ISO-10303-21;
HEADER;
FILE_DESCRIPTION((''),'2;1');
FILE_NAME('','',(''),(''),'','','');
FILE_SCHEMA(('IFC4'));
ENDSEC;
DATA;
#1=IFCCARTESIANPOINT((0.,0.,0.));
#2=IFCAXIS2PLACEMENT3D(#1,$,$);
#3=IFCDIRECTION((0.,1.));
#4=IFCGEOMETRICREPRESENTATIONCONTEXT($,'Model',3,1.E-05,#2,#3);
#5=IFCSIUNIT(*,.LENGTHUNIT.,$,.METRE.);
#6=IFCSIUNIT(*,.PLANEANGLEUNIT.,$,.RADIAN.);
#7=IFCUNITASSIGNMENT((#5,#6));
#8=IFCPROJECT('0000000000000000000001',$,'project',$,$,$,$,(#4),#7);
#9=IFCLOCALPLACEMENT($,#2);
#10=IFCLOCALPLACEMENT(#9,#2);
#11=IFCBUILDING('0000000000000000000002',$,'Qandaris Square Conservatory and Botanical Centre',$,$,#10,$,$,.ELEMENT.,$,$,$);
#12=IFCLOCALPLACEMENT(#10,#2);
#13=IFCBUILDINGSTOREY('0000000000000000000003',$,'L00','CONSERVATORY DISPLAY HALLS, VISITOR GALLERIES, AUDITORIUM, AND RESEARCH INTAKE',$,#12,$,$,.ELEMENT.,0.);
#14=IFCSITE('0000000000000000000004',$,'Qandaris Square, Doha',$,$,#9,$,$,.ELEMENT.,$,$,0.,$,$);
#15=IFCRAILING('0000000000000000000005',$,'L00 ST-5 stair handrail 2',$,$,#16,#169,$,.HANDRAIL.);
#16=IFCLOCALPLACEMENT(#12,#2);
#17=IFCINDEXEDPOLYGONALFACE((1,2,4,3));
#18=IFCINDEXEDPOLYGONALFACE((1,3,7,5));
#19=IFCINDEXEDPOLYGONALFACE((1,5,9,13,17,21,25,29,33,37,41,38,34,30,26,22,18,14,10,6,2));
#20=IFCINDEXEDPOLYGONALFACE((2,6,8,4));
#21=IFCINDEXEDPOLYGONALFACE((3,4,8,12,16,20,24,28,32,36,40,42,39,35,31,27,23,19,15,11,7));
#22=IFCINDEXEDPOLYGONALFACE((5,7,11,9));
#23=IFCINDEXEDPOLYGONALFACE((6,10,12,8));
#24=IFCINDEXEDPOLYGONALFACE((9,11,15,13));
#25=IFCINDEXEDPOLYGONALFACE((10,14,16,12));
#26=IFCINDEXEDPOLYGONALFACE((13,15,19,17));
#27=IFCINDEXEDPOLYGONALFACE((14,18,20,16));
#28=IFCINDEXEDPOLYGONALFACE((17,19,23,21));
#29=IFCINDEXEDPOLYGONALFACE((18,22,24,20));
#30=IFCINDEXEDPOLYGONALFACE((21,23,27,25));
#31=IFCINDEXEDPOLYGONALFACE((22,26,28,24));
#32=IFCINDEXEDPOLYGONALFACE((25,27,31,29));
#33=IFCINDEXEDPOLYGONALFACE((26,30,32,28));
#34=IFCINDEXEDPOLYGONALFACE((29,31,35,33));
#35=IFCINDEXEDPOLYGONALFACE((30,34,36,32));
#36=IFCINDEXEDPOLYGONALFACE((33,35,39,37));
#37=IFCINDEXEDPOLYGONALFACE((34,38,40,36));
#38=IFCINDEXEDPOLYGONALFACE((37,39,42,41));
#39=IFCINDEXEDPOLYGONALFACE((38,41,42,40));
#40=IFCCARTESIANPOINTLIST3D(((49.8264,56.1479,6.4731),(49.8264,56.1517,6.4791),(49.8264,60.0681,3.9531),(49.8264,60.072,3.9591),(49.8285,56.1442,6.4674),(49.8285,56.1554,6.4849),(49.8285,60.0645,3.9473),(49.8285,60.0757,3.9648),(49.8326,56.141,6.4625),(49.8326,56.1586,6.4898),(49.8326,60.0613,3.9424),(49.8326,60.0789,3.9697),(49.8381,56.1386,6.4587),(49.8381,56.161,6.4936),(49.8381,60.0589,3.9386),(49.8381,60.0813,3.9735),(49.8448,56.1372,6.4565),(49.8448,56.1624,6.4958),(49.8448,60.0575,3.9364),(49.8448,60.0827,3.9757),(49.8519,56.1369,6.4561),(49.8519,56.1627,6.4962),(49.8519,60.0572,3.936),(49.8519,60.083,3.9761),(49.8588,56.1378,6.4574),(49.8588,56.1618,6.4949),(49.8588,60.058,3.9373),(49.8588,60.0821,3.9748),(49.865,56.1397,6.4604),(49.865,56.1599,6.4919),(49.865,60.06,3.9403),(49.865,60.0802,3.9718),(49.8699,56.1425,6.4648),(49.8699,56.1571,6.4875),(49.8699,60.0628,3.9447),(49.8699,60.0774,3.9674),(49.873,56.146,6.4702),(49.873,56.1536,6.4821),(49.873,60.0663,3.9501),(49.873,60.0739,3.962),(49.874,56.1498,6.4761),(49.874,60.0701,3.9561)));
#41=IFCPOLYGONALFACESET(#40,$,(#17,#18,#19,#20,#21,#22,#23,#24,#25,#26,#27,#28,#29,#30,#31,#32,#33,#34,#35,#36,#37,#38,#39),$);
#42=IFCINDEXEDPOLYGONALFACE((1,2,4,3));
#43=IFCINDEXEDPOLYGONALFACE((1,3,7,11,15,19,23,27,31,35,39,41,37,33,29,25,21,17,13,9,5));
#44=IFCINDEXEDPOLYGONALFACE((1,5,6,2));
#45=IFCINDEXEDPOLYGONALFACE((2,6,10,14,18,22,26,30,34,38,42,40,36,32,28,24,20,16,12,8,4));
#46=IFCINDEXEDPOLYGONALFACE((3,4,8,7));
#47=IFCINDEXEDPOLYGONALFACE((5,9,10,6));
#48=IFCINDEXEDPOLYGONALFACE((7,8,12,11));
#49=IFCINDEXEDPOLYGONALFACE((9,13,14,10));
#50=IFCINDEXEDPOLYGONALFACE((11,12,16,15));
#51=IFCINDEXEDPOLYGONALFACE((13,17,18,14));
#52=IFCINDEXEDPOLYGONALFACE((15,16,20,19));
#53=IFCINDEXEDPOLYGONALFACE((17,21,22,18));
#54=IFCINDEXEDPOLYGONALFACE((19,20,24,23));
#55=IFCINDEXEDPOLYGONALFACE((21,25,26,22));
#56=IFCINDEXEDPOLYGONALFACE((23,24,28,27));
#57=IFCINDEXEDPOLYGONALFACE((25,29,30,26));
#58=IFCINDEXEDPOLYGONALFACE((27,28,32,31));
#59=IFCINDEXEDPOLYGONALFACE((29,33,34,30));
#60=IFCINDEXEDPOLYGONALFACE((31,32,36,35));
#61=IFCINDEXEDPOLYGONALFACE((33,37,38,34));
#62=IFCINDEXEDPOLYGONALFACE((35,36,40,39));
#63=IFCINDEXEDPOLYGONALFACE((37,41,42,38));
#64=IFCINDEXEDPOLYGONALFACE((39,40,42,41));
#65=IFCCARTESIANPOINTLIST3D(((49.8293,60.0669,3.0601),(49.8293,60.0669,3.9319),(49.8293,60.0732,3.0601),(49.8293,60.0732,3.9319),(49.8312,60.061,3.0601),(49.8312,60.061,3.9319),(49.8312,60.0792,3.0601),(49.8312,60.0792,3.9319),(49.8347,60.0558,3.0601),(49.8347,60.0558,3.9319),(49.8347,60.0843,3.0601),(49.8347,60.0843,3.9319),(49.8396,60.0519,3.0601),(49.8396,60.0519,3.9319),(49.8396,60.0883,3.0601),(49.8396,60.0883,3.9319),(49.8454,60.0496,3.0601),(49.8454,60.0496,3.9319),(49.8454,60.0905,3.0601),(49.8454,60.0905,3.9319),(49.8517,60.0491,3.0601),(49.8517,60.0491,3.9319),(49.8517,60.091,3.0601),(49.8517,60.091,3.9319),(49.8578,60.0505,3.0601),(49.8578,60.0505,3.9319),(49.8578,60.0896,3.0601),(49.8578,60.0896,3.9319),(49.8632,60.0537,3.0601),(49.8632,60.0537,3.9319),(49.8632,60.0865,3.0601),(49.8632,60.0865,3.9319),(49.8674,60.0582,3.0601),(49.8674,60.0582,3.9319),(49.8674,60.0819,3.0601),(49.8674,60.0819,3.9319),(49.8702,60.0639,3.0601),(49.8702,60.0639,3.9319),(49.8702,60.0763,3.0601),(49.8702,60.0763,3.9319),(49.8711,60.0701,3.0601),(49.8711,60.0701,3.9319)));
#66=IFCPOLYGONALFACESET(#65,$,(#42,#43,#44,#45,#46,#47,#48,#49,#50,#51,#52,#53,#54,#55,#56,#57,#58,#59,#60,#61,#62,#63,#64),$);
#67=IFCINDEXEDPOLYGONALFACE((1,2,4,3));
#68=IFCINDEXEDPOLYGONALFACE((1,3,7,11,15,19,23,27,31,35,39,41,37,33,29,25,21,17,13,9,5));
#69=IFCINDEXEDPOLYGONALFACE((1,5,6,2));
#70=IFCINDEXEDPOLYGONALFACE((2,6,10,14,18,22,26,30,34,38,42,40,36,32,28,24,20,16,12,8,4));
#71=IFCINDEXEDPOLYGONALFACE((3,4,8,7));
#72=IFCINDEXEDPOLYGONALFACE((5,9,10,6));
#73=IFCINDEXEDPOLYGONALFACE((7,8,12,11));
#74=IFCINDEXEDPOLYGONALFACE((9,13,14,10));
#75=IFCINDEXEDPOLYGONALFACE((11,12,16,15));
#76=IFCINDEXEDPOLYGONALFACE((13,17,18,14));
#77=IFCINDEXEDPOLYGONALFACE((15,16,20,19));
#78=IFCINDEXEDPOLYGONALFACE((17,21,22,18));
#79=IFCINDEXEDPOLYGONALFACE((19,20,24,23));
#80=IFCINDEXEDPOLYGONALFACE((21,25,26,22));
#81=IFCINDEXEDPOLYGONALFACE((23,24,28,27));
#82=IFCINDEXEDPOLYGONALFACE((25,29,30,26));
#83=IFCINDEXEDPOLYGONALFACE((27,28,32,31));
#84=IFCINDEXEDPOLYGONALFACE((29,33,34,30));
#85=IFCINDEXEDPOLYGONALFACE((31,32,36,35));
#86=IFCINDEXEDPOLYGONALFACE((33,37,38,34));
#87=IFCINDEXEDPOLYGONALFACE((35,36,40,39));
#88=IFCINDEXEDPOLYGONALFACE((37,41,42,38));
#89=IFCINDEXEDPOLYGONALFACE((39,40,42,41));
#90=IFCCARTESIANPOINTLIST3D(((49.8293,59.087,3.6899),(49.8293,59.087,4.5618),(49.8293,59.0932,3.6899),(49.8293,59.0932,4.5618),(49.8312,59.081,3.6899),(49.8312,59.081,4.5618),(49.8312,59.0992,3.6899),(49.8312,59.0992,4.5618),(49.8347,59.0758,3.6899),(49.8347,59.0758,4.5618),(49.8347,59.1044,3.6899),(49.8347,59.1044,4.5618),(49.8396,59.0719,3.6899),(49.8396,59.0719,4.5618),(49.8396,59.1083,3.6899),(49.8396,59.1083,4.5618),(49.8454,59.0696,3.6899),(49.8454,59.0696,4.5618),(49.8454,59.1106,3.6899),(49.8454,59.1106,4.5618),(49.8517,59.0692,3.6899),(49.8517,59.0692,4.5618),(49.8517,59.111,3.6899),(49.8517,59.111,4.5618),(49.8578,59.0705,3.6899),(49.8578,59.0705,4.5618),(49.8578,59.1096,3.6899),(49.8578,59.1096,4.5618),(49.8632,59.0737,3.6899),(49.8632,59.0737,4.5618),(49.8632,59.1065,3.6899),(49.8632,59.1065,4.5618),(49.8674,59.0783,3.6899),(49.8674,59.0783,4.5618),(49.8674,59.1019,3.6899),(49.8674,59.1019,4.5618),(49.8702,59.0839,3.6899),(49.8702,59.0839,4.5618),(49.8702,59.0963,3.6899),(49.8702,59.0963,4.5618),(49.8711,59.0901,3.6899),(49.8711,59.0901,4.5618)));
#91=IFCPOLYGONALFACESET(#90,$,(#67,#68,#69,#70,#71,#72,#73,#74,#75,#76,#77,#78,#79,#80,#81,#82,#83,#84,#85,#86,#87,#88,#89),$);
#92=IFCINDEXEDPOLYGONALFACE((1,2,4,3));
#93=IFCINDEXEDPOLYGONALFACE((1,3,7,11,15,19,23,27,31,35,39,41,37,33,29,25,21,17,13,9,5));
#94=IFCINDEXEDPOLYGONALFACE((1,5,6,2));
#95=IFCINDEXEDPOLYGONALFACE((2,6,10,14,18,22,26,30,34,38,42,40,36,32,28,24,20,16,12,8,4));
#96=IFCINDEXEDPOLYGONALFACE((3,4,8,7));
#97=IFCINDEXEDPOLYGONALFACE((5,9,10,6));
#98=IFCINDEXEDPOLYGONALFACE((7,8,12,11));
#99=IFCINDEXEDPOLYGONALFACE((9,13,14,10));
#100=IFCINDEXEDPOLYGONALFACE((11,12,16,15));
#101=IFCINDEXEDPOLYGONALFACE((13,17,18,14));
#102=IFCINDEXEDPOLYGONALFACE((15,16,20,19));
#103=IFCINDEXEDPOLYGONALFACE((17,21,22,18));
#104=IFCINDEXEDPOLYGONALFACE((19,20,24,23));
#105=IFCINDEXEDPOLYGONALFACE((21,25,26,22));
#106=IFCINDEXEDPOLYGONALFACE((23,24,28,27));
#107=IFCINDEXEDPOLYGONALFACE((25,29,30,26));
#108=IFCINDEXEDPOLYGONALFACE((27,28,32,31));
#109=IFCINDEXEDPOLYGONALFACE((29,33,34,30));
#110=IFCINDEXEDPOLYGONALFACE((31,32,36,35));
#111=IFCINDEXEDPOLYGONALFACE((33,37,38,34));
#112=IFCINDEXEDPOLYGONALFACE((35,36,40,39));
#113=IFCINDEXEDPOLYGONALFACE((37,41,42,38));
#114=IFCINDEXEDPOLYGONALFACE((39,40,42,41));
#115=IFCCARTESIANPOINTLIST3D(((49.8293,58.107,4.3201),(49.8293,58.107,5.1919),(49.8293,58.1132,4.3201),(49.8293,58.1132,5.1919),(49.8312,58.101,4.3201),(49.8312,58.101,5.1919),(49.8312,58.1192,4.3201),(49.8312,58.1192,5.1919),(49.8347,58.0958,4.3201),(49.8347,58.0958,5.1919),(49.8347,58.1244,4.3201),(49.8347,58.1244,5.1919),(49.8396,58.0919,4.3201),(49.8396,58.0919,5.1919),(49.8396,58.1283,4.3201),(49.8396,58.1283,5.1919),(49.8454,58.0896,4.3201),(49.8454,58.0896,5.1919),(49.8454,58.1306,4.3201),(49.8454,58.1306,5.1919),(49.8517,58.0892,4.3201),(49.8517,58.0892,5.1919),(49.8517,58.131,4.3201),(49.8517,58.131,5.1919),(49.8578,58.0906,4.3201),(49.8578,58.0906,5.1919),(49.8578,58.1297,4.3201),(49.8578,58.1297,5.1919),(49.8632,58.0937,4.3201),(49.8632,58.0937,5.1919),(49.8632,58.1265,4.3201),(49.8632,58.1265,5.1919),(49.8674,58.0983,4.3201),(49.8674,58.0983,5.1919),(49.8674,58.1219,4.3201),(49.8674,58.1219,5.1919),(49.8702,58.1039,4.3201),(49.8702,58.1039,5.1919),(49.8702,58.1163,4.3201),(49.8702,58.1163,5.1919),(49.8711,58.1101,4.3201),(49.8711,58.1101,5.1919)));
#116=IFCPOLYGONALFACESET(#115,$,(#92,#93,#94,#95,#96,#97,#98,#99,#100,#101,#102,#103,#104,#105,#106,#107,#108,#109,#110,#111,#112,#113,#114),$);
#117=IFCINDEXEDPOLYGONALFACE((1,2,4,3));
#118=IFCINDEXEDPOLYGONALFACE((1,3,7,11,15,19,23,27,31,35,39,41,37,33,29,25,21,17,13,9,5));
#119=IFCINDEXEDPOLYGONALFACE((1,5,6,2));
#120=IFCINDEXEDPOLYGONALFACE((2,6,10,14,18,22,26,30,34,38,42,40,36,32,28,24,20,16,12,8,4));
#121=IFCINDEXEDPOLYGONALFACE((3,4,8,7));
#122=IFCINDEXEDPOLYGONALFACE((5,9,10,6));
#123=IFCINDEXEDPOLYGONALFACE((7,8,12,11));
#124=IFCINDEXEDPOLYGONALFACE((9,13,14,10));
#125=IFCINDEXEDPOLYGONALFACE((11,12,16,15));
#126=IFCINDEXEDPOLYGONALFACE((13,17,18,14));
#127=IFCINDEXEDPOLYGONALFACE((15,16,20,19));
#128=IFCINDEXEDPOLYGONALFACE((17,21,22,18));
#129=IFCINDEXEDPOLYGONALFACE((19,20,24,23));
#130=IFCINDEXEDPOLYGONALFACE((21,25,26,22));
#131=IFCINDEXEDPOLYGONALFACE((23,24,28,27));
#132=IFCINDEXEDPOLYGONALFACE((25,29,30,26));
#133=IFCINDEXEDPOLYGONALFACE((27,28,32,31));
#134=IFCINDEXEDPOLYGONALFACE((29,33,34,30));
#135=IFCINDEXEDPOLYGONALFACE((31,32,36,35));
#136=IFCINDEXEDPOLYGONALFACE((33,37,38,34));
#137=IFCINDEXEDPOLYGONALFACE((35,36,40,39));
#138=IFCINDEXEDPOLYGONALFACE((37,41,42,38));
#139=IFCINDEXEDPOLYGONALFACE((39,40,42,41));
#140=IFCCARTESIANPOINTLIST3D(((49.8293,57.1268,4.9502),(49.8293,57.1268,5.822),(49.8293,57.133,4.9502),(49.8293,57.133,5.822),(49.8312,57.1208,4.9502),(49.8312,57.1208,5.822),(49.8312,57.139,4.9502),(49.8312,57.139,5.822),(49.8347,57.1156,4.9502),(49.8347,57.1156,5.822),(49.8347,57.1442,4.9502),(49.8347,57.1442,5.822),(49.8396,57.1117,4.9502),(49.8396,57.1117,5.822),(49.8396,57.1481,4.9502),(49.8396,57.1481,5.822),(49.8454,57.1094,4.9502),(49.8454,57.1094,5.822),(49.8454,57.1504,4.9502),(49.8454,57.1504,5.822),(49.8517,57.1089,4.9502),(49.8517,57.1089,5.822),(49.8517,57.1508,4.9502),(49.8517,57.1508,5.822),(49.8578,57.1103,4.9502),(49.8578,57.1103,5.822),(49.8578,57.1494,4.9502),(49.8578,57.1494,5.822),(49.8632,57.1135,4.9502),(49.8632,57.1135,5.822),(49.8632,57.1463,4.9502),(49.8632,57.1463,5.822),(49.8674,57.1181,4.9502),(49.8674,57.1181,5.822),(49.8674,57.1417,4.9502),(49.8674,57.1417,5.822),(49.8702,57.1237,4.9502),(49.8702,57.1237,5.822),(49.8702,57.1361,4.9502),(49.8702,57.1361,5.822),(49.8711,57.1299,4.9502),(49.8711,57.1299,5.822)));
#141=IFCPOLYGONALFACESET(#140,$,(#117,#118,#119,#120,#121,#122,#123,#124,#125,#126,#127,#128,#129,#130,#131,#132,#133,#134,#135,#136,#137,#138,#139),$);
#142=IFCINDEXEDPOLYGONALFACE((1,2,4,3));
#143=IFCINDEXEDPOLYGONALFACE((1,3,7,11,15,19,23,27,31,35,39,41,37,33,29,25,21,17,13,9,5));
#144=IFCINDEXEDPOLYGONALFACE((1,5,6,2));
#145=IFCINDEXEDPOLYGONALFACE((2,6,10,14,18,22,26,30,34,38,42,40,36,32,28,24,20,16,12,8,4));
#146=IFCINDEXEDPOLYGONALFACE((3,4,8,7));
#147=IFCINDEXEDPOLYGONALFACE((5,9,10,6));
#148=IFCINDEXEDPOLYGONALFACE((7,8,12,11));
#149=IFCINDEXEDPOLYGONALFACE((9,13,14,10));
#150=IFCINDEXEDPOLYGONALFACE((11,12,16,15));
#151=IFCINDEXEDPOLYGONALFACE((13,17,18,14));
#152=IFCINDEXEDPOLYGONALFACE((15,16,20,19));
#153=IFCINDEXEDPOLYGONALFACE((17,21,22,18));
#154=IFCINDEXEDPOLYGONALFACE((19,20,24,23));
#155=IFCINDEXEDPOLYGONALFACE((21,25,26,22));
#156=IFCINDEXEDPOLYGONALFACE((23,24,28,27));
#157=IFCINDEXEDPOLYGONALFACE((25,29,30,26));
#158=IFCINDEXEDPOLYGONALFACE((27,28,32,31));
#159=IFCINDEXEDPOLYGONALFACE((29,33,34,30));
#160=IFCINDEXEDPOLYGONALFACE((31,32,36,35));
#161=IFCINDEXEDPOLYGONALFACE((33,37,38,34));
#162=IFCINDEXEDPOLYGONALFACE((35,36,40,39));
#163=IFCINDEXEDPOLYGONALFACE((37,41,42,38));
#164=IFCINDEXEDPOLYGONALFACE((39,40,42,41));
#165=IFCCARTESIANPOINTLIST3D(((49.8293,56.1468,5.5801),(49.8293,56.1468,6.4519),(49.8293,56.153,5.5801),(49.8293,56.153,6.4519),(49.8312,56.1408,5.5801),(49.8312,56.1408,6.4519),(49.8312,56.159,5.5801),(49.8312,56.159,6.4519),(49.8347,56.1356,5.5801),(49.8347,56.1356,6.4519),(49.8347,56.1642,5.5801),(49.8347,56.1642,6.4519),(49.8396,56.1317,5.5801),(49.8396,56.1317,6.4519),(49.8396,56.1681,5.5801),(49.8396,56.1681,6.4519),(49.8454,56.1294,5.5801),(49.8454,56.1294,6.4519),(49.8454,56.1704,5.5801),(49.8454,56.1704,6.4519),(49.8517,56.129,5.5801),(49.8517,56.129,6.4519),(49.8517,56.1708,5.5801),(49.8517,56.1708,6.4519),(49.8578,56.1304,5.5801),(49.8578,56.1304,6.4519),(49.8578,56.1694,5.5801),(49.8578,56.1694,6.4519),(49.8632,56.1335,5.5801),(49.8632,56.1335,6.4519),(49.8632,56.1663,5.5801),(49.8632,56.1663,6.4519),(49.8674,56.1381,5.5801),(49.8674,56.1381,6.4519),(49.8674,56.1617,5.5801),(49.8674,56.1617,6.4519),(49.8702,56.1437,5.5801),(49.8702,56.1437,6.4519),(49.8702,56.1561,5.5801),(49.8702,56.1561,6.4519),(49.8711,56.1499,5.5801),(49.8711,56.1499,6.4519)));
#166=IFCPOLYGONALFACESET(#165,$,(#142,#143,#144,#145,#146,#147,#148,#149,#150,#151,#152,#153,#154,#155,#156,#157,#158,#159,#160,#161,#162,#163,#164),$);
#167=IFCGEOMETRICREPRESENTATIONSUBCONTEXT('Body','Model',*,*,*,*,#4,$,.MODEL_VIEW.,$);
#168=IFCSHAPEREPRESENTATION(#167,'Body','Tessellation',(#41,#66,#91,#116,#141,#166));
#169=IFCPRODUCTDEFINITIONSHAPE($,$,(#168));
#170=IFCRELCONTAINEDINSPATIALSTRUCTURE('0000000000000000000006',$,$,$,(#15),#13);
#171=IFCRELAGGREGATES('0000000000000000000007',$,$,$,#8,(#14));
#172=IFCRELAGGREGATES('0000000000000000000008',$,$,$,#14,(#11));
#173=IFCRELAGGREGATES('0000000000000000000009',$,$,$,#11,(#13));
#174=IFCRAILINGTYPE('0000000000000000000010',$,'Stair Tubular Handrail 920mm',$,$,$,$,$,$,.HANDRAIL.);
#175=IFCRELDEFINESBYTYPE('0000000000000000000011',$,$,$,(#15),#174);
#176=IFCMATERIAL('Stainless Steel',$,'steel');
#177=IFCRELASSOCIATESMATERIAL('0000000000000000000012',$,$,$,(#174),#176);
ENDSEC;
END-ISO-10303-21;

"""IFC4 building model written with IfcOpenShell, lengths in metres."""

from ifc_helpers import new_model, si_unit, direction, frame, origin, origin_2d, place, context, subcontext, project, spatial, circle, extrude, material, type_object, element, save


model = new_model("IFC4")

# Units and contexts
model_context = context("Model", 3, precision=1e-05, world=origin(), true_north=direction((0.0, 1.0)))
body_context = subcontext(model_context, "Body", "Model", "MODEL_VIEW")
ifc_project = project(units=[si_unit("LENGTHUNIT", "METRE"), si_unit("PLANEANGLEUNIT", "RADIAN")], contexts=[model_context])

# Site, building, storey
site_placement = place(None, origin())
site = spatial("IfcSite", under=ifc_project, at=site_placement, Name="Qandaris Square, Doha", CompositionType="ELEMENT", RefElevation=0.0)
building_placement = place(site_placement, origin())
building = spatial("IfcBuilding", under=site, at=building_placement, Name="Qandaris Square Conservatory and Botanical Centre", CompositionType="ELEMENT")
storey_placement = place(building_placement, origin())
storey = spatial("IfcBuildingStorey", under=building, at=storey_placement, Name="L00", Description="CONSERVATORY DISPLAY HALLS, VISITOR GALLERIES, AUDITORIUM, AND RESEARCH INTAKE", CompositionType="ELEMENT", Elevation=0.0)

# Railing
ifc_material_1 = material(Name="Stainless Steel", Category="steel")
railing_type_1 = type_object("IfcRailingType", Name="Stair Tubular Handrail 920mm", PredefinedType="HANDRAIL", material=ifc_material_1)
railing_1_placement = place(storey_placement, frame((49.8501, 60.0701, 3.0601)))
element("IfcRailing", 1, at=railing_1_placement, inside=storey, type_object=railing_type_1, Name="L00 ST-5 stair handrail 2", PredefinedType="HANDRAIL", context=body_context, shape_type="SweptSolid", body=[
    extrude(circle(Radius=0.0239, at=origin_2d()), frame((0.0, 0.0, 0.896), z_axis=(0.0, -0.841187, 0.540744), x_axis=(1.0, 0.0, 0.0)), (0.0, 0.0, 1.0), 4.6604),
    extrude(circle(Radius=0.021, at=origin_2d()), origin(), (0.0, 0.0, 1.0), 0.8718),
    extrude(circle(Radius=0.021, at=origin_2d()), frame((0.0, -0.98, 0.6299)), (0.0, 0.0, 1.0), 0.8718),
    extrude(circle(Radius=0.021, at=origin_2d()), frame((0.0, -1.96, 1.26)), (0.0, 0.0, 1.0), 0.8718),
    extrude(circle(Radius=0.021, at=origin_2d()), frame((0.0, -2.9402, 1.8901)), (0.0, 0.0, 1.0), 0.8718),
    extrude(circle(Radius=0.021, at=origin_2d()), frame((0.0, -3.9202, 2.52)), (0.0, 0.0, 1.0), 0.8718),
])

save(model, "model.ifc")
